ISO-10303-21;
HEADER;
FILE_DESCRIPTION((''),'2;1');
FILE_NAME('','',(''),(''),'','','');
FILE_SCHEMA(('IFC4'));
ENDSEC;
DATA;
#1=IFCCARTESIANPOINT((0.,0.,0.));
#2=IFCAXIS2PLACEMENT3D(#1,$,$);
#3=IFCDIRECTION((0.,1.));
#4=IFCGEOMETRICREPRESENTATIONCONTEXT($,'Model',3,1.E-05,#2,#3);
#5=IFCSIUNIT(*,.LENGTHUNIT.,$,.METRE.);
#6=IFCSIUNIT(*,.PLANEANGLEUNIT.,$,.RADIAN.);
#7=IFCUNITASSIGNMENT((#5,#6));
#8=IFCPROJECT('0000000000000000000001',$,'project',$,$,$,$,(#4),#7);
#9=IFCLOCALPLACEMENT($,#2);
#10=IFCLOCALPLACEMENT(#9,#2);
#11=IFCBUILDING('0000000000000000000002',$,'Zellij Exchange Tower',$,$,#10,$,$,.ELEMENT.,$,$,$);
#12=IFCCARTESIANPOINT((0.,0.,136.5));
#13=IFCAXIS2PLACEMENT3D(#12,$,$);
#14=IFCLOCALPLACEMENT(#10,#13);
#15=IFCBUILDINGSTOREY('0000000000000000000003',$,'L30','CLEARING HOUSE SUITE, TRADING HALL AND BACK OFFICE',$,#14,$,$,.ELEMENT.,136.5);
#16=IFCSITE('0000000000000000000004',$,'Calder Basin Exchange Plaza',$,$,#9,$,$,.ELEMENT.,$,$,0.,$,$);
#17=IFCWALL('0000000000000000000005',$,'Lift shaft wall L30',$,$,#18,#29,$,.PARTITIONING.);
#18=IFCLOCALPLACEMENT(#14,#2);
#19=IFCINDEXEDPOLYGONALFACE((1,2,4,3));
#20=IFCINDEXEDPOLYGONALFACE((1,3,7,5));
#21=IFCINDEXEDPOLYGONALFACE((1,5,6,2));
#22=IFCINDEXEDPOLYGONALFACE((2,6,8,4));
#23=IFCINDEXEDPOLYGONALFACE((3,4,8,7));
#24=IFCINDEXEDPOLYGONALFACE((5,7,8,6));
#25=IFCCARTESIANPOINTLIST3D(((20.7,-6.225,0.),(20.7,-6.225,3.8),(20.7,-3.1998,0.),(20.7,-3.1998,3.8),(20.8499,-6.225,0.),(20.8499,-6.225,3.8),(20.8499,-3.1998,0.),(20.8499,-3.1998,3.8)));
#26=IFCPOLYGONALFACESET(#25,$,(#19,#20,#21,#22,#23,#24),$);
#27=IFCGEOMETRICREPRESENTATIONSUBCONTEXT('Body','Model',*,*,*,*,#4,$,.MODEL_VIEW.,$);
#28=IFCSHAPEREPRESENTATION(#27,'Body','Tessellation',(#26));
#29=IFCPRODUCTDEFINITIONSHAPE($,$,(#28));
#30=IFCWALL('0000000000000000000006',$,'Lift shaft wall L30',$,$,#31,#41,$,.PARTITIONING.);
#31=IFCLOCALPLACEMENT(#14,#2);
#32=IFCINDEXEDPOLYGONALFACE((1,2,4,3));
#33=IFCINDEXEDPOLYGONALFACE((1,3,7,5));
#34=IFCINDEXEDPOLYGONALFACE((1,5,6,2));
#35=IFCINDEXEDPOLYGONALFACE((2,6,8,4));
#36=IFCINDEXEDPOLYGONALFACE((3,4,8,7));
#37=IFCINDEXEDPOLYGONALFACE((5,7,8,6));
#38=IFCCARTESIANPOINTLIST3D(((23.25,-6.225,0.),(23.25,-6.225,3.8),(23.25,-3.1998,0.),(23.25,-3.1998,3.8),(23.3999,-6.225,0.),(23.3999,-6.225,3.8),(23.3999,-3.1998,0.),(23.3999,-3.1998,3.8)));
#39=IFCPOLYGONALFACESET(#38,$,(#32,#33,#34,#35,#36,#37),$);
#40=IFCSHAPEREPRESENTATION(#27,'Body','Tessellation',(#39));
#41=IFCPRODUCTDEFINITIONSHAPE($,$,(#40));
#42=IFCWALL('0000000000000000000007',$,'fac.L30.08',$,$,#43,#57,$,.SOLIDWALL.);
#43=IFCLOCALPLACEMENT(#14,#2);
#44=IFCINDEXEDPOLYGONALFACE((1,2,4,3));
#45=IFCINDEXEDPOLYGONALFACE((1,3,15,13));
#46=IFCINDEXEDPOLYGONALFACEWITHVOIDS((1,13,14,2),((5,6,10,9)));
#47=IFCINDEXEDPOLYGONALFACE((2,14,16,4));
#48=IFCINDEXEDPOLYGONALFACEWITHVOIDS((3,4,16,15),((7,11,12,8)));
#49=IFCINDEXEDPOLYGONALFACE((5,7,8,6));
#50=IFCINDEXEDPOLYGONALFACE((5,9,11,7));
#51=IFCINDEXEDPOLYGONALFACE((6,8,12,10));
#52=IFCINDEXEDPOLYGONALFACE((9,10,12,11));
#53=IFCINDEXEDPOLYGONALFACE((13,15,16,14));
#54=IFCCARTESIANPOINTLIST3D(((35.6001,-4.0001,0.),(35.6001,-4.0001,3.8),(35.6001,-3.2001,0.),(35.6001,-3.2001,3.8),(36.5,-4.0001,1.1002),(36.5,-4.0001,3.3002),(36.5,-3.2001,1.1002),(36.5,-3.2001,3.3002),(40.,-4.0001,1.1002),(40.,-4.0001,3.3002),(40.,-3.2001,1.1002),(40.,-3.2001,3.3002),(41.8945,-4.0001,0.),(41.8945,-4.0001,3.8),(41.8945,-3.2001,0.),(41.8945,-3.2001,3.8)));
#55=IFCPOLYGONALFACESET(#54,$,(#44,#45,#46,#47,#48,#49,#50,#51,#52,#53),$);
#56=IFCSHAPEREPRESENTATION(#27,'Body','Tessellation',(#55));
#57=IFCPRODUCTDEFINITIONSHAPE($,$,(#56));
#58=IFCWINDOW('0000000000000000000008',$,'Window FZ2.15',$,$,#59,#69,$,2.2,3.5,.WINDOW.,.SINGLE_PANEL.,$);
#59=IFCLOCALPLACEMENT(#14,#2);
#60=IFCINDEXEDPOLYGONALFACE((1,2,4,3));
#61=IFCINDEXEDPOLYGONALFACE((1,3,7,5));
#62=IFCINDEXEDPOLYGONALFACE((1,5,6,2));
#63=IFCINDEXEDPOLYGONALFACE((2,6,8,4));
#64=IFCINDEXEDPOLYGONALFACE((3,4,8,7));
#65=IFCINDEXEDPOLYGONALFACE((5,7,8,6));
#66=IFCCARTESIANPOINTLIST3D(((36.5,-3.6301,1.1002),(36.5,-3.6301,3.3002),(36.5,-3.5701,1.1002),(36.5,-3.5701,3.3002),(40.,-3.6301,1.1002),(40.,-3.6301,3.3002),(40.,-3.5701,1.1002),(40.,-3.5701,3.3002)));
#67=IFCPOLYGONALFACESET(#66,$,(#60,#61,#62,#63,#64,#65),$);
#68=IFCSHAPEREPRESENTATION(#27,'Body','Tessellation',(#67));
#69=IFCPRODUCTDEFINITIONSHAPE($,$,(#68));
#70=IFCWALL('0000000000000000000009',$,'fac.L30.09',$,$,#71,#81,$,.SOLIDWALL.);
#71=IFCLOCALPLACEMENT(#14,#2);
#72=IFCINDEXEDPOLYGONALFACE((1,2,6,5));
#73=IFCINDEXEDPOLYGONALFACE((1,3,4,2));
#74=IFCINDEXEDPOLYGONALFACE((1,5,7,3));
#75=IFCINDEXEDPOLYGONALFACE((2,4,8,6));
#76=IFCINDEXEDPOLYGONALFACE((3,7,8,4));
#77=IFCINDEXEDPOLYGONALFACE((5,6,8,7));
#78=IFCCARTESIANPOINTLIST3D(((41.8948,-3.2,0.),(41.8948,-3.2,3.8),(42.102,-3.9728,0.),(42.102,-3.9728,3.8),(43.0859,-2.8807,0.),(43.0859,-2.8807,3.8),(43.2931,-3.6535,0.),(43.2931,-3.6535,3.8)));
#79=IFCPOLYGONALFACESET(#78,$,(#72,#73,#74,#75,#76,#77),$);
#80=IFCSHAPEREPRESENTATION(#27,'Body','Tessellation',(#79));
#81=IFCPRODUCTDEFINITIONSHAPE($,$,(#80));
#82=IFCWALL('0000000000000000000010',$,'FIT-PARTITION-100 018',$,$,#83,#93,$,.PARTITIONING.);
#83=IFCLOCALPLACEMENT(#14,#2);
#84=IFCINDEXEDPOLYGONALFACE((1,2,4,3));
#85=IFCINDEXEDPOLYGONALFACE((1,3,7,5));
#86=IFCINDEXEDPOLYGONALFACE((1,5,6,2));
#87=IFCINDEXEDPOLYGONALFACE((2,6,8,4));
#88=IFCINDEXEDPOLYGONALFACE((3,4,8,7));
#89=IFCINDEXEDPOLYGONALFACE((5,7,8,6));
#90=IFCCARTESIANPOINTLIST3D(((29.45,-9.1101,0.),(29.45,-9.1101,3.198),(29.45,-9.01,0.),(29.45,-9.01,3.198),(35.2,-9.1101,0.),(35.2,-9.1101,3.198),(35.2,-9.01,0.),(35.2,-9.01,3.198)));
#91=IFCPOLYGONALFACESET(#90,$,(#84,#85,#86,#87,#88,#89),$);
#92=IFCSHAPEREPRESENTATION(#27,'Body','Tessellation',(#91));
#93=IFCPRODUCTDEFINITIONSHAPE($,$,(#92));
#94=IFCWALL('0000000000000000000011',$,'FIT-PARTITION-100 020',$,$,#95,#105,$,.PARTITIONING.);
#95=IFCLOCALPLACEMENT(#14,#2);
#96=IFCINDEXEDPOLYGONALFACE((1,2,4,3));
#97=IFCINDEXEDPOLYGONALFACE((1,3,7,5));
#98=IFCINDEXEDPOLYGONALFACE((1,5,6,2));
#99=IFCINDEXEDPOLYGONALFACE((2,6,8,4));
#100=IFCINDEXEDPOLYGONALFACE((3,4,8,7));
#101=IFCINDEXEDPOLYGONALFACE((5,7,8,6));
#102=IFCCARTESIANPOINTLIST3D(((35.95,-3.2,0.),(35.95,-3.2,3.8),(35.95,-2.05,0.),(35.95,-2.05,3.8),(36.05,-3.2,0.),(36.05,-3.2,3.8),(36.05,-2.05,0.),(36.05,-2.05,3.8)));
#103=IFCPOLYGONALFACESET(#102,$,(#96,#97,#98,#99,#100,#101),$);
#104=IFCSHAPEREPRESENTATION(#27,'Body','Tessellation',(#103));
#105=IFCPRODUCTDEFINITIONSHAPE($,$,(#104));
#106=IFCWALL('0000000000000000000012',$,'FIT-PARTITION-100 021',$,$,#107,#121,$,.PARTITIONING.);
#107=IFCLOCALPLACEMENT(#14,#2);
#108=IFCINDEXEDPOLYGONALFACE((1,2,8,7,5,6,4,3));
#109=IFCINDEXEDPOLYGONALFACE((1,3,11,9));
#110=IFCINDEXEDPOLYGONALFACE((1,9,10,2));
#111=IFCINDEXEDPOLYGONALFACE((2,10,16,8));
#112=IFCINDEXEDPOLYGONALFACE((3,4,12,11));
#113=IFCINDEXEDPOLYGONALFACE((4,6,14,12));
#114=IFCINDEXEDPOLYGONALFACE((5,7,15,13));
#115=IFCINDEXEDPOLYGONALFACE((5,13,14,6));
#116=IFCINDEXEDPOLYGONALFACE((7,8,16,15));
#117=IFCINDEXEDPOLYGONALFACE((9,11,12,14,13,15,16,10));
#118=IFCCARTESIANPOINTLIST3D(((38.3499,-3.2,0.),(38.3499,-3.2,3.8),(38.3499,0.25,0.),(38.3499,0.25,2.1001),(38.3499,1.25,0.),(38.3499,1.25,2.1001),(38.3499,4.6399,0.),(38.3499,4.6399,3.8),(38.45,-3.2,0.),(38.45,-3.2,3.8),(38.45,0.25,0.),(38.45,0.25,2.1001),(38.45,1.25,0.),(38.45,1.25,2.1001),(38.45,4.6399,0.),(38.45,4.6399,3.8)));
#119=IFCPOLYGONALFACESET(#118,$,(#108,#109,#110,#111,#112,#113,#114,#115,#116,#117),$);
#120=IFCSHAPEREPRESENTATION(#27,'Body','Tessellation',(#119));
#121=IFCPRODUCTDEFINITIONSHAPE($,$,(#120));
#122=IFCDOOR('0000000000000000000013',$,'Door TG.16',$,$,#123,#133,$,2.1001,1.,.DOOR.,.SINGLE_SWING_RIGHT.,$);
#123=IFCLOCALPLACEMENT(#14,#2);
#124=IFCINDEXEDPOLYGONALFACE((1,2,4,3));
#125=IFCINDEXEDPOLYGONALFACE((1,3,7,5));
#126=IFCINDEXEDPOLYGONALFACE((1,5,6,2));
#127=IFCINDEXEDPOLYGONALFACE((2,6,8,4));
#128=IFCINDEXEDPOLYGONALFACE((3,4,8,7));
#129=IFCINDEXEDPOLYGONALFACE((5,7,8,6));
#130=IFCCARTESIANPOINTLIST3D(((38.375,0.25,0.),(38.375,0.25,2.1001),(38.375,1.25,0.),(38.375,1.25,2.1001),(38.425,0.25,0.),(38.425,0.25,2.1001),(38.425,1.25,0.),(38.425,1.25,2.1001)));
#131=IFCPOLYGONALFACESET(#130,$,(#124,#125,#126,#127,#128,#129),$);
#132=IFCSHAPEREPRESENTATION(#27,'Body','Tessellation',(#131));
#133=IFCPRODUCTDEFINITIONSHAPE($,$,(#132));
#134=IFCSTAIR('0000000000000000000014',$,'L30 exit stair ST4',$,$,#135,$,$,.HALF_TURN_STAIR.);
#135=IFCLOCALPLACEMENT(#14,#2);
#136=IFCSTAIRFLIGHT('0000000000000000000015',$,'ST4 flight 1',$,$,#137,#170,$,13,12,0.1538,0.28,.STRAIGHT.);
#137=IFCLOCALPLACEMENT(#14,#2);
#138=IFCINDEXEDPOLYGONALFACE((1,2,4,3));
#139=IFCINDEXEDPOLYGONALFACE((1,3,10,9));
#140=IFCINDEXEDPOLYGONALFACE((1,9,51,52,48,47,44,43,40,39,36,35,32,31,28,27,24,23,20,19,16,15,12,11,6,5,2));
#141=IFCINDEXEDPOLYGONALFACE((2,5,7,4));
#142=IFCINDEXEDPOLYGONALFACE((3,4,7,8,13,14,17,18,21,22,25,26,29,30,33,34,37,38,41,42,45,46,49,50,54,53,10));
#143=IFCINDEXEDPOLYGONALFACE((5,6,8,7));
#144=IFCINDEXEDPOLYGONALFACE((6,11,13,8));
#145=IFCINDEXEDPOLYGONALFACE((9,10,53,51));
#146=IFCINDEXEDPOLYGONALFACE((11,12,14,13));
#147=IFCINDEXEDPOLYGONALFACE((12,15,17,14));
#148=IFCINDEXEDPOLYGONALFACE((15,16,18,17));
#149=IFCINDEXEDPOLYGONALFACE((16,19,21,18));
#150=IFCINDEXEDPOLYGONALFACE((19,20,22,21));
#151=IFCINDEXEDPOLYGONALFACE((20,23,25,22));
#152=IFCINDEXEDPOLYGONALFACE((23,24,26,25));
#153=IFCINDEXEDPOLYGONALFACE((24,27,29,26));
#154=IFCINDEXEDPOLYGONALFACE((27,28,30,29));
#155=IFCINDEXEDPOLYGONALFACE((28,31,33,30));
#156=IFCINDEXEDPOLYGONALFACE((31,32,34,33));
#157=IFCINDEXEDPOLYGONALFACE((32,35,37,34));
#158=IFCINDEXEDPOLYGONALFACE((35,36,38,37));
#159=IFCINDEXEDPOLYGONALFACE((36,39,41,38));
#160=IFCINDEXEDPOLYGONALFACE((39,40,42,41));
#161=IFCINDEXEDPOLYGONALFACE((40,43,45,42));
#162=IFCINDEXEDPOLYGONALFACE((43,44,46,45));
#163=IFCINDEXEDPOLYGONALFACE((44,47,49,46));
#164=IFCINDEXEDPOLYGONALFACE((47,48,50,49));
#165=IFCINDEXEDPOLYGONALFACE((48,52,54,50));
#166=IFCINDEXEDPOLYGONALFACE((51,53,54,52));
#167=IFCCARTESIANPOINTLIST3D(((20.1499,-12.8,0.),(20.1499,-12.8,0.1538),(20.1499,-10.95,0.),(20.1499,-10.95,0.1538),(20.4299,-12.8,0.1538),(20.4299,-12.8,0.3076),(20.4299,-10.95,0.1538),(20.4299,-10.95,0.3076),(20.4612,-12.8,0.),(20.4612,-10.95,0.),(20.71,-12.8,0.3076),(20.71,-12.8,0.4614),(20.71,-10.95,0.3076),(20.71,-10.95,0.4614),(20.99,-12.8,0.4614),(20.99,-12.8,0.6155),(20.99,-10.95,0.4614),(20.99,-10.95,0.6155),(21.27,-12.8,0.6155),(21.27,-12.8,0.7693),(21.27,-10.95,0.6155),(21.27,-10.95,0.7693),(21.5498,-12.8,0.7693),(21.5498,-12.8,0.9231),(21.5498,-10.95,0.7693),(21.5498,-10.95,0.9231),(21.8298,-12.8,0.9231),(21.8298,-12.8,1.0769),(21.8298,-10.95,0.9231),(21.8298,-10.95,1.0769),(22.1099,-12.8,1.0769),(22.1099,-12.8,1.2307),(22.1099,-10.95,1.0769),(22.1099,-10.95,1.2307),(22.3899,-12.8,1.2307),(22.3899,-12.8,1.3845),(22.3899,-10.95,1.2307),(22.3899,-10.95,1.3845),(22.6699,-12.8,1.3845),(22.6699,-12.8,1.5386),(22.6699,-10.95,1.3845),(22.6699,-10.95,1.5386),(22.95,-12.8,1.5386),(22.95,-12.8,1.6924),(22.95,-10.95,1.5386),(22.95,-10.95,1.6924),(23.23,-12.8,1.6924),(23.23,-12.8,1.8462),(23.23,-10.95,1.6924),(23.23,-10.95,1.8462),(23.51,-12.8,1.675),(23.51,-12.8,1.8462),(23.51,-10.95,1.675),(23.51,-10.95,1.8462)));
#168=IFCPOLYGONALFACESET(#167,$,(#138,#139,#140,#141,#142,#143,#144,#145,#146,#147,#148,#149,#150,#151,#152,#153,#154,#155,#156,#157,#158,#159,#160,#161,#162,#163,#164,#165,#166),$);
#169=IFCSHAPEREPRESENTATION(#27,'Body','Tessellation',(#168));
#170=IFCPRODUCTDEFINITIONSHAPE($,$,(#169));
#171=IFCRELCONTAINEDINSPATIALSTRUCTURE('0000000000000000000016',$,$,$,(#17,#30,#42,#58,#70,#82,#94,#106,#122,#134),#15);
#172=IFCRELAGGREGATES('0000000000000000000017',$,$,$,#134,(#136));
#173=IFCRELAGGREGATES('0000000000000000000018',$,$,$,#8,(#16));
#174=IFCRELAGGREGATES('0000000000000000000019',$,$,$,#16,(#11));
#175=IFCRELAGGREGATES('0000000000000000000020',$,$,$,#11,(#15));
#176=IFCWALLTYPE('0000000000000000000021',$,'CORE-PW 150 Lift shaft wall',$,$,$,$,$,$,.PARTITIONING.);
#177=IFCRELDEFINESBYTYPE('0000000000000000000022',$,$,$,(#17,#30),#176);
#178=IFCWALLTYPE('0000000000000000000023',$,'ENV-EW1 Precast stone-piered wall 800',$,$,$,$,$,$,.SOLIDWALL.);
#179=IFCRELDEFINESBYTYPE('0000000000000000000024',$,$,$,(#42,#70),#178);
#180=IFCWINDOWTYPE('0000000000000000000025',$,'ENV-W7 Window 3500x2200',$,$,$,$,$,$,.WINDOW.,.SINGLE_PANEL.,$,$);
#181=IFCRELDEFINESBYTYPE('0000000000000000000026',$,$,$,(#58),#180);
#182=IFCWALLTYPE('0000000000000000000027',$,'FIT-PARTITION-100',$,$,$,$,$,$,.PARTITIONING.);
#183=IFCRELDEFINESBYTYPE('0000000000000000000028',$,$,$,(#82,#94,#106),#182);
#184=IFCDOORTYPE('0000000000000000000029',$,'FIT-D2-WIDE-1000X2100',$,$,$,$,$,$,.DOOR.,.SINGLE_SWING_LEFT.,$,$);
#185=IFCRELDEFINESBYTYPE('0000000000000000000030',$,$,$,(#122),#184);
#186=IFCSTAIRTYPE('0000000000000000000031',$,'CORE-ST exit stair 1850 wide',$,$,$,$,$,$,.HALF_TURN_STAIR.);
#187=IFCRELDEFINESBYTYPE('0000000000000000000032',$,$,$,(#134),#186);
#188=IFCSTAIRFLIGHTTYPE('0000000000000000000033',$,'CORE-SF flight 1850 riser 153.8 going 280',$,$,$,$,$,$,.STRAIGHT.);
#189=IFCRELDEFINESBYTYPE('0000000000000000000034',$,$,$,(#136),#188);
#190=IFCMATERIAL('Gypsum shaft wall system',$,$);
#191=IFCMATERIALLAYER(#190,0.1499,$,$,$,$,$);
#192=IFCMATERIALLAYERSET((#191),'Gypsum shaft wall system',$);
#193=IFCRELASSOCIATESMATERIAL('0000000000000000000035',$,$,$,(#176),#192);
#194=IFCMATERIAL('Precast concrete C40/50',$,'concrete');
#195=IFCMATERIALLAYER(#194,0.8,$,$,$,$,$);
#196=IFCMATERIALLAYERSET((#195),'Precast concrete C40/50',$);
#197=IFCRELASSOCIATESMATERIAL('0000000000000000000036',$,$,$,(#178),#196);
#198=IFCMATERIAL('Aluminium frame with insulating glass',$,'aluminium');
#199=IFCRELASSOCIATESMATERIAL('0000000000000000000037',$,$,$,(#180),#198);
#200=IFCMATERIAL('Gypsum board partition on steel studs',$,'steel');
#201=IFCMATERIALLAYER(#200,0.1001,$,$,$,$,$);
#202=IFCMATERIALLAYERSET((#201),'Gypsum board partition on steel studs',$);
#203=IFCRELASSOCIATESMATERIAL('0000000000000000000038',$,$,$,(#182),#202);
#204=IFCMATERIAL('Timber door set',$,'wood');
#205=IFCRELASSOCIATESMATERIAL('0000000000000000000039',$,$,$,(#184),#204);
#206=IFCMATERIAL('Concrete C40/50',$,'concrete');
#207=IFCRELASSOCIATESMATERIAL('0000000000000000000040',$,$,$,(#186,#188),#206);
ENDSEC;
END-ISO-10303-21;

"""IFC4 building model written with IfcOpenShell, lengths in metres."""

from ifc_helpers import new_model, si_unit, direction, frame, frame_2d, origin, place, context, subcontext, project, spatial, polyline, rectangle, outline, extrude, material, layer, layer_set, type_object, element, fill, aggregate, save


model = new_model("IFC4")

# Units and contexts
model_context = context("Model", 3, precision=1e-05, world=origin(), true_north=direction((0.0, 1.0)))
body_context = subcontext(model_context, "Body", "Model", "MODEL_VIEW")
ifc_project = project(units=[si_unit("LENGTHUNIT", "METRE"), si_unit("PLANEANGLEUNIT", "RADIAN")], contexts=[model_context])

# Site, building, storey
site_placement = place(None, origin())
site = spatial("IfcSite", under=ifc_project, at=site_placement, Name="Calder Basin Exchange Plaza", CompositionType="ELEMENT", RefElevation=0.0)
building_placement = place(site_placement, origin())
building = spatial("IfcBuilding", under=site, at=building_placement, Name="Zellij Exchange Tower", CompositionType="ELEMENT")
storey_placement = place(building_placement, frame((0.0, 0.0, 136.5)))
storey = spatial("IfcBuildingStorey", under=building, at=storey_placement, Name="L30", Description="CLEARING HOUSE SUITE, TRADING HALL AND BACK OFFICE", CompositionType="ELEMENT", Elevation=136.5)

# Walls
ifc_material_1 = material(Name="Gypsum shaft wall system")
ifc_layer_1 = layer(ifc_material_1, 0.1499)
ifc_layer_set_1 = layer_set([ifc_layer_1], Name="Gypsum shaft wall system")
wall_type_1 = type_object("IfcWallType", Name="CORE-PW 150 Lift shaft wall", PredefinedType="PARTITIONING", material=ifc_layer_set_1)
for number, where, z_axis, x_axis, name in (
    (1, (20.7749, -6.2251, 0.0), (0.0, 0.0, 1.0), (0.0, 1.0, 0.0), "Lift shaft wall L30"),
    (2, (23.325, -6.2251, 0.0), (0.0, 0.0, 1.0), (0.0, 1.0, 0.0), "Lift shaft wall L30"),
):
    element("IfcWall", number, at=place(storey_placement, frame(where, z_axis=z_axis, x_axis=x_axis)), inside=storey, type_object=wall_type_1, Name=name, PredefinedType="PARTITIONING", context=body_context, shape_type="SweptSolid", body=[
        extrude(rectangle(XDim=3.0251, YDim=0.1499, at=frame_2d((1.5127, 0.0))), origin(), (0.0, 0.0, 1.0), 3.8),
    ])

# Wall, opening, window
ifc_material_2 = material(Name="Precast concrete C40/50", Category="concrete")
ifc_layer_2 = layer(ifc_material_2, 0.8)
ifc_layer_set_2 = layer_set([ifc_layer_2], Name="Precast concrete C40/50")
wall_type_2 = type_object("IfcWallType", Name="ENV-EW1 Precast stone-piered wall 800", PredefinedType="SOLIDWALL", material=ifc_layer_set_2)
wall_1_placement = place(storey_placement, frame((35.6001, -3.6001, 0.0), z_axis=(0.0, 0.0, 1.0), x_axis=(1.0, 0.0, 0.0)))
wall_1 = element("IfcWall", 3, at=wall_1_placement, inside=storey, type_object=wall_type_2, Name="fac.L30.08", PredefinedType="SOLIDWALL", context=body_context, shape_type="SweptSolid", body=[
    extrude(rectangle(XDim=6.2944, YDim=0.8, at=frame_2d((3.1472, 0.0))), origin(), (0.0, 0.0, 1.0), 3.8),
])
opening_1_placement = place(wall_1_placement, frame((0.8999, 0.0, 1.1001)))
opening_1 = element("IfcOpeningElement", 4, at=opening_1_placement, cuts=wall_1, PredefinedType="OPENING", context=body_context, shape_type="SweptSolid", body=[
    extrude(rectangle(XDim=3.5, YDim=2.2, at=frame_2d((1.75, 1.1001))), frame((0.0, 0.4121, 0.0), z_axis=(0.0, -1.0, 0.0), x_axis=(1.0, 0.0, 0.0)), (0.0, 0.0, 1.0), 0.824),
])
ifc_material_3 = material(Name="Aluminium frame with insulating glass", Category="aluminium")
window_type = type_object("IfcWindowType", Name="ENV-W7 Window 3500x2200", PartitioningType="SINGLE_PANEL", PredefinedType="WINDOW", material=ifc_material_3)
window_placement = place(opening_1_placement, origin())
window = element("IfcWindow", 5, at=window_placement, inside=storey, type_object=window_type, Name="Window FZ2.15", OverallHeight=2.2, OverallWidth=3.5, PartitioningType="SINGLE_PANEL", PredefinedType="WINDOW", context=body_context, shape_type="SweptSolid", body=[
    extrude(rectangle(XDim=3.5, YDim=2.2, at=frame_2d((1.75, 1.1001))), frame((0.0, 0.03, 0.0), z_axis=(0.0, -1.0, 0.0), x_axis=(1.0, 0.0, 0.0)), (0.0, 0.0, 1.0), 0.0601),
])
fill(opening_1, window)

# Walls
wall_2_placement = place(storey_placement, frame((41.9983, -3.5864, 0.0), z_axis=(0.0, 0.0, 1.0), x_axis=(0.965892, 0.258944, 0.0)))
element("IfcWall", 6, at=wall_2_placement, inside=storey, type_object=wall_type_2, Name="fac.L30.09", PredefinedType="SOLIDWALL", context=body_context, shape_type="SweptSolid", body=[
    extrude(rectangle(XDim=1.2332, YDim=0.8, at=frame_2d((0.6167, 0.0))), origin(), (0.0, 0.0, 1.0), 3.8),
])
ifc_material_4 = material(Name="Gypsum board partition on steel studs", Category="steel")
ifc_layer_3 = layer(ifc_material_4, 0.1001)
ifc_layer_set_3 = layer_set([ifc_layer_3], Name="Gypsum board partition on steel studs")
wall_type_3 = type_object("IfcWallType", Name="FIT-PARTITION-100", PredefinedType="PARTITIONING", material=ifc_layer_set_3)
wall_3_placement = place(storey_placement, frame((29.45, -9.0601, 0.0), z_axis=(0.0, 0.0, 1.0), x_axis=(1.0, 0.0, 0.0)))
element("IfcWall", 7, at=wall_3_placement, inside=storey, type_object=wall_type_3, Name="FIT-PARTITION-100 018", PredefinedType="PARTITIONING", context=body_context, shape_type="SweptSolid", body=[
    extrude(rectangle(XDim=5.75, YDim=0.1001, at=frame_2d((2.875, 0.0))), origin(), (0.0, 0.0, 1.0), 3.198),
])
wall_4_placement = place(storey_placement, frame((36.0, -3.2, 0.0), z_axis=(0.0, 0.0, 1.0), x_axis=(0.0, 1.0, 0.0)))
element("IfcWall", 8, at=wall_4_placement, inside=storey, type_object=wall_type_3, Name="FIT-PARTITION-100 020", PredefinedType="PARTITIONING", context=body_context, shape_type="SweptSolid", body=[
    extrude(rectangle(XDim=1.1499, YDim=0.1001, at=frame_2d((0.575, 0.0))), origin(), (0.0, 0.0, 1.0), 3.8),
])

# Wall, opening, door
wall_5_placement = place(storey_placement, frame((38.3999, -3.2, 0.0), z_axis=(0.0, 0.0, 1.0), x_axis=(0.0, 1.0, 0.0)))
wall_5 = element("IfcWall", 9, at=wall_5_placement, inside=storey, type_object=wall_type_3, Name="FIT-PARTITION-100 021", PredefinedType="PARTITIONING", context=body_context, shape_type="SweptSolid", body=[
    extrude(rectangle(XDim=7.8398, YDim=0.1001, at=frame_2d((3.9199, 0.0))), origin(), (0.0, 0.0, 1.0), 3.8),
])
opening_2_placement = place(wall_5_placement, frame((3.45, 0.0, 0.0)))
opening_2 = element("IfcOpeningElement", 10, at=opening_2_placement, cuts=wall_5, PredefinedType="OPENING", context=body_context, shape_type="SweptSolid", body=[
    extrude(rectangle(XDim=1.0, YDim=2.1001, at=frame_2d((0.5, 1.05))), frame((0.0, 0.062, 0.0), z_axis=(0.0, -1.0, 0.0), x_axis=(1.0, 0.0, 0.0)), (0.0, 0.0, 1.0), 0.124),
])
ifc_material_5 = material(Name="Timber door set", Category="wood")
door_type = type_object("IfcDoorType", Name="FIT-D2-WIDE-1000X2100", OperationType="SINGLE_SWING_LEFT", PredefinedType="DOOR", material=ifc_material_5)
door_placement = place(opening_2_placement, origin())
door = element("IfcDoor", 11, at=door_placement, inside=storey, type_object=door_type, Name="Door TG.16", OperationType="SINGLE_SWING_RIGHT", OverallHeight=2.1001, OverallWidth=1.0, PredefinedType="DOOR", context=body_context, shape_type="SweptSolid", body=[
    extrude(rectangle(XDim=1.0, YDim=2.1001, at=frame_2d((0.5, 1.05))), frame((0.0, 0.0249, 0.0), z_axis=(0.0, -1.0, 0.0), x_axis=(1.0, 0.0, 0.0)), (0.0, 0.0, 1.0), 0.05),
])
fill(opening_2, door)

# Stair, stair flight
ifc_material_6 = material(Name="Concrete C40/50", Category="concrete")
stair_type = type_object("IfcStairType", Name="CORE-ST exit stair 1850 wide", PredefinedType="HALF_TURN_STAIR", material=ifc_material_6)
stair_placement = place(storey_placement, origin())
stair = element("IfcStair", 12, at=stair_placement, inside=storey, type_object=stair_type, Name="L30 exit stair ST4", PredefinedType="HALF_TURN_STAIR")
stair_flight_type = type_object("IfcStairFlightType", Name="CORE-SF flight 1850 riser 153.8 going 280", PredefinedType="STRAIGHT", material=ifc_material_6)
stair_flight_1_placement = place(storey_placement, frame((20.1499, -11.875, 0.0), z_axis=(0.0, 0.0, 1.0), x_axis=(1.0, 0.0, 0.0)))
stair_flight_1 = element("IfcStairFlight", 13, at=stair_flight_1_placement, type_object=stair_flight_type, Name="ST4 flight 1", NumberOfRisers=13, NumberOfTreads=12, PredefinedType="STRAIGHT", RiserHeight=0.1538, TreadLength=0.28, context=body_context, shape_type="SweptSolid", body=[
    extrude(outline(polyline([(0.0, 0.0), (0.0, 0.1538), (0.28, 0.1538), (0.28, 0.3076), (0.5601, 0.3076), (0.5601, 0.4614), (0.8401, 0.4614), (0.8401, 0.6155), (1.1201, 0.6155), (1.1201, 0.7693), (1.3999, 0.7693), (1.3999, 0.9231), (1.6799, 0.9231), (1.6799, 1.0769), (1.96, 1.0769), (1.96, 1.2307), (2.24, 1.2307), (2.24, 1.3845), (2.52, 1.3845), (2.52, 1.5386), (2.8, 1.5386), (2.8, 1.6924), (3.0801, 1.6924), (3.0801, 1.8462), (3.3601, 1.8462), (3.3601, 2.0), (3.3601, 1.675), (0.3113, 0.0), (0.0, 0.0)])), frame((0.0, 0.925, 0.0), z_axis=(0.0, -1.0, 0.0), x_axis=(1.0, 0.0, 0.0)), (0.0, 0.0, 1.0), 1.8501),
])
aggregate(stair, [stair_flight_1])

save(model, "model.ifc")
